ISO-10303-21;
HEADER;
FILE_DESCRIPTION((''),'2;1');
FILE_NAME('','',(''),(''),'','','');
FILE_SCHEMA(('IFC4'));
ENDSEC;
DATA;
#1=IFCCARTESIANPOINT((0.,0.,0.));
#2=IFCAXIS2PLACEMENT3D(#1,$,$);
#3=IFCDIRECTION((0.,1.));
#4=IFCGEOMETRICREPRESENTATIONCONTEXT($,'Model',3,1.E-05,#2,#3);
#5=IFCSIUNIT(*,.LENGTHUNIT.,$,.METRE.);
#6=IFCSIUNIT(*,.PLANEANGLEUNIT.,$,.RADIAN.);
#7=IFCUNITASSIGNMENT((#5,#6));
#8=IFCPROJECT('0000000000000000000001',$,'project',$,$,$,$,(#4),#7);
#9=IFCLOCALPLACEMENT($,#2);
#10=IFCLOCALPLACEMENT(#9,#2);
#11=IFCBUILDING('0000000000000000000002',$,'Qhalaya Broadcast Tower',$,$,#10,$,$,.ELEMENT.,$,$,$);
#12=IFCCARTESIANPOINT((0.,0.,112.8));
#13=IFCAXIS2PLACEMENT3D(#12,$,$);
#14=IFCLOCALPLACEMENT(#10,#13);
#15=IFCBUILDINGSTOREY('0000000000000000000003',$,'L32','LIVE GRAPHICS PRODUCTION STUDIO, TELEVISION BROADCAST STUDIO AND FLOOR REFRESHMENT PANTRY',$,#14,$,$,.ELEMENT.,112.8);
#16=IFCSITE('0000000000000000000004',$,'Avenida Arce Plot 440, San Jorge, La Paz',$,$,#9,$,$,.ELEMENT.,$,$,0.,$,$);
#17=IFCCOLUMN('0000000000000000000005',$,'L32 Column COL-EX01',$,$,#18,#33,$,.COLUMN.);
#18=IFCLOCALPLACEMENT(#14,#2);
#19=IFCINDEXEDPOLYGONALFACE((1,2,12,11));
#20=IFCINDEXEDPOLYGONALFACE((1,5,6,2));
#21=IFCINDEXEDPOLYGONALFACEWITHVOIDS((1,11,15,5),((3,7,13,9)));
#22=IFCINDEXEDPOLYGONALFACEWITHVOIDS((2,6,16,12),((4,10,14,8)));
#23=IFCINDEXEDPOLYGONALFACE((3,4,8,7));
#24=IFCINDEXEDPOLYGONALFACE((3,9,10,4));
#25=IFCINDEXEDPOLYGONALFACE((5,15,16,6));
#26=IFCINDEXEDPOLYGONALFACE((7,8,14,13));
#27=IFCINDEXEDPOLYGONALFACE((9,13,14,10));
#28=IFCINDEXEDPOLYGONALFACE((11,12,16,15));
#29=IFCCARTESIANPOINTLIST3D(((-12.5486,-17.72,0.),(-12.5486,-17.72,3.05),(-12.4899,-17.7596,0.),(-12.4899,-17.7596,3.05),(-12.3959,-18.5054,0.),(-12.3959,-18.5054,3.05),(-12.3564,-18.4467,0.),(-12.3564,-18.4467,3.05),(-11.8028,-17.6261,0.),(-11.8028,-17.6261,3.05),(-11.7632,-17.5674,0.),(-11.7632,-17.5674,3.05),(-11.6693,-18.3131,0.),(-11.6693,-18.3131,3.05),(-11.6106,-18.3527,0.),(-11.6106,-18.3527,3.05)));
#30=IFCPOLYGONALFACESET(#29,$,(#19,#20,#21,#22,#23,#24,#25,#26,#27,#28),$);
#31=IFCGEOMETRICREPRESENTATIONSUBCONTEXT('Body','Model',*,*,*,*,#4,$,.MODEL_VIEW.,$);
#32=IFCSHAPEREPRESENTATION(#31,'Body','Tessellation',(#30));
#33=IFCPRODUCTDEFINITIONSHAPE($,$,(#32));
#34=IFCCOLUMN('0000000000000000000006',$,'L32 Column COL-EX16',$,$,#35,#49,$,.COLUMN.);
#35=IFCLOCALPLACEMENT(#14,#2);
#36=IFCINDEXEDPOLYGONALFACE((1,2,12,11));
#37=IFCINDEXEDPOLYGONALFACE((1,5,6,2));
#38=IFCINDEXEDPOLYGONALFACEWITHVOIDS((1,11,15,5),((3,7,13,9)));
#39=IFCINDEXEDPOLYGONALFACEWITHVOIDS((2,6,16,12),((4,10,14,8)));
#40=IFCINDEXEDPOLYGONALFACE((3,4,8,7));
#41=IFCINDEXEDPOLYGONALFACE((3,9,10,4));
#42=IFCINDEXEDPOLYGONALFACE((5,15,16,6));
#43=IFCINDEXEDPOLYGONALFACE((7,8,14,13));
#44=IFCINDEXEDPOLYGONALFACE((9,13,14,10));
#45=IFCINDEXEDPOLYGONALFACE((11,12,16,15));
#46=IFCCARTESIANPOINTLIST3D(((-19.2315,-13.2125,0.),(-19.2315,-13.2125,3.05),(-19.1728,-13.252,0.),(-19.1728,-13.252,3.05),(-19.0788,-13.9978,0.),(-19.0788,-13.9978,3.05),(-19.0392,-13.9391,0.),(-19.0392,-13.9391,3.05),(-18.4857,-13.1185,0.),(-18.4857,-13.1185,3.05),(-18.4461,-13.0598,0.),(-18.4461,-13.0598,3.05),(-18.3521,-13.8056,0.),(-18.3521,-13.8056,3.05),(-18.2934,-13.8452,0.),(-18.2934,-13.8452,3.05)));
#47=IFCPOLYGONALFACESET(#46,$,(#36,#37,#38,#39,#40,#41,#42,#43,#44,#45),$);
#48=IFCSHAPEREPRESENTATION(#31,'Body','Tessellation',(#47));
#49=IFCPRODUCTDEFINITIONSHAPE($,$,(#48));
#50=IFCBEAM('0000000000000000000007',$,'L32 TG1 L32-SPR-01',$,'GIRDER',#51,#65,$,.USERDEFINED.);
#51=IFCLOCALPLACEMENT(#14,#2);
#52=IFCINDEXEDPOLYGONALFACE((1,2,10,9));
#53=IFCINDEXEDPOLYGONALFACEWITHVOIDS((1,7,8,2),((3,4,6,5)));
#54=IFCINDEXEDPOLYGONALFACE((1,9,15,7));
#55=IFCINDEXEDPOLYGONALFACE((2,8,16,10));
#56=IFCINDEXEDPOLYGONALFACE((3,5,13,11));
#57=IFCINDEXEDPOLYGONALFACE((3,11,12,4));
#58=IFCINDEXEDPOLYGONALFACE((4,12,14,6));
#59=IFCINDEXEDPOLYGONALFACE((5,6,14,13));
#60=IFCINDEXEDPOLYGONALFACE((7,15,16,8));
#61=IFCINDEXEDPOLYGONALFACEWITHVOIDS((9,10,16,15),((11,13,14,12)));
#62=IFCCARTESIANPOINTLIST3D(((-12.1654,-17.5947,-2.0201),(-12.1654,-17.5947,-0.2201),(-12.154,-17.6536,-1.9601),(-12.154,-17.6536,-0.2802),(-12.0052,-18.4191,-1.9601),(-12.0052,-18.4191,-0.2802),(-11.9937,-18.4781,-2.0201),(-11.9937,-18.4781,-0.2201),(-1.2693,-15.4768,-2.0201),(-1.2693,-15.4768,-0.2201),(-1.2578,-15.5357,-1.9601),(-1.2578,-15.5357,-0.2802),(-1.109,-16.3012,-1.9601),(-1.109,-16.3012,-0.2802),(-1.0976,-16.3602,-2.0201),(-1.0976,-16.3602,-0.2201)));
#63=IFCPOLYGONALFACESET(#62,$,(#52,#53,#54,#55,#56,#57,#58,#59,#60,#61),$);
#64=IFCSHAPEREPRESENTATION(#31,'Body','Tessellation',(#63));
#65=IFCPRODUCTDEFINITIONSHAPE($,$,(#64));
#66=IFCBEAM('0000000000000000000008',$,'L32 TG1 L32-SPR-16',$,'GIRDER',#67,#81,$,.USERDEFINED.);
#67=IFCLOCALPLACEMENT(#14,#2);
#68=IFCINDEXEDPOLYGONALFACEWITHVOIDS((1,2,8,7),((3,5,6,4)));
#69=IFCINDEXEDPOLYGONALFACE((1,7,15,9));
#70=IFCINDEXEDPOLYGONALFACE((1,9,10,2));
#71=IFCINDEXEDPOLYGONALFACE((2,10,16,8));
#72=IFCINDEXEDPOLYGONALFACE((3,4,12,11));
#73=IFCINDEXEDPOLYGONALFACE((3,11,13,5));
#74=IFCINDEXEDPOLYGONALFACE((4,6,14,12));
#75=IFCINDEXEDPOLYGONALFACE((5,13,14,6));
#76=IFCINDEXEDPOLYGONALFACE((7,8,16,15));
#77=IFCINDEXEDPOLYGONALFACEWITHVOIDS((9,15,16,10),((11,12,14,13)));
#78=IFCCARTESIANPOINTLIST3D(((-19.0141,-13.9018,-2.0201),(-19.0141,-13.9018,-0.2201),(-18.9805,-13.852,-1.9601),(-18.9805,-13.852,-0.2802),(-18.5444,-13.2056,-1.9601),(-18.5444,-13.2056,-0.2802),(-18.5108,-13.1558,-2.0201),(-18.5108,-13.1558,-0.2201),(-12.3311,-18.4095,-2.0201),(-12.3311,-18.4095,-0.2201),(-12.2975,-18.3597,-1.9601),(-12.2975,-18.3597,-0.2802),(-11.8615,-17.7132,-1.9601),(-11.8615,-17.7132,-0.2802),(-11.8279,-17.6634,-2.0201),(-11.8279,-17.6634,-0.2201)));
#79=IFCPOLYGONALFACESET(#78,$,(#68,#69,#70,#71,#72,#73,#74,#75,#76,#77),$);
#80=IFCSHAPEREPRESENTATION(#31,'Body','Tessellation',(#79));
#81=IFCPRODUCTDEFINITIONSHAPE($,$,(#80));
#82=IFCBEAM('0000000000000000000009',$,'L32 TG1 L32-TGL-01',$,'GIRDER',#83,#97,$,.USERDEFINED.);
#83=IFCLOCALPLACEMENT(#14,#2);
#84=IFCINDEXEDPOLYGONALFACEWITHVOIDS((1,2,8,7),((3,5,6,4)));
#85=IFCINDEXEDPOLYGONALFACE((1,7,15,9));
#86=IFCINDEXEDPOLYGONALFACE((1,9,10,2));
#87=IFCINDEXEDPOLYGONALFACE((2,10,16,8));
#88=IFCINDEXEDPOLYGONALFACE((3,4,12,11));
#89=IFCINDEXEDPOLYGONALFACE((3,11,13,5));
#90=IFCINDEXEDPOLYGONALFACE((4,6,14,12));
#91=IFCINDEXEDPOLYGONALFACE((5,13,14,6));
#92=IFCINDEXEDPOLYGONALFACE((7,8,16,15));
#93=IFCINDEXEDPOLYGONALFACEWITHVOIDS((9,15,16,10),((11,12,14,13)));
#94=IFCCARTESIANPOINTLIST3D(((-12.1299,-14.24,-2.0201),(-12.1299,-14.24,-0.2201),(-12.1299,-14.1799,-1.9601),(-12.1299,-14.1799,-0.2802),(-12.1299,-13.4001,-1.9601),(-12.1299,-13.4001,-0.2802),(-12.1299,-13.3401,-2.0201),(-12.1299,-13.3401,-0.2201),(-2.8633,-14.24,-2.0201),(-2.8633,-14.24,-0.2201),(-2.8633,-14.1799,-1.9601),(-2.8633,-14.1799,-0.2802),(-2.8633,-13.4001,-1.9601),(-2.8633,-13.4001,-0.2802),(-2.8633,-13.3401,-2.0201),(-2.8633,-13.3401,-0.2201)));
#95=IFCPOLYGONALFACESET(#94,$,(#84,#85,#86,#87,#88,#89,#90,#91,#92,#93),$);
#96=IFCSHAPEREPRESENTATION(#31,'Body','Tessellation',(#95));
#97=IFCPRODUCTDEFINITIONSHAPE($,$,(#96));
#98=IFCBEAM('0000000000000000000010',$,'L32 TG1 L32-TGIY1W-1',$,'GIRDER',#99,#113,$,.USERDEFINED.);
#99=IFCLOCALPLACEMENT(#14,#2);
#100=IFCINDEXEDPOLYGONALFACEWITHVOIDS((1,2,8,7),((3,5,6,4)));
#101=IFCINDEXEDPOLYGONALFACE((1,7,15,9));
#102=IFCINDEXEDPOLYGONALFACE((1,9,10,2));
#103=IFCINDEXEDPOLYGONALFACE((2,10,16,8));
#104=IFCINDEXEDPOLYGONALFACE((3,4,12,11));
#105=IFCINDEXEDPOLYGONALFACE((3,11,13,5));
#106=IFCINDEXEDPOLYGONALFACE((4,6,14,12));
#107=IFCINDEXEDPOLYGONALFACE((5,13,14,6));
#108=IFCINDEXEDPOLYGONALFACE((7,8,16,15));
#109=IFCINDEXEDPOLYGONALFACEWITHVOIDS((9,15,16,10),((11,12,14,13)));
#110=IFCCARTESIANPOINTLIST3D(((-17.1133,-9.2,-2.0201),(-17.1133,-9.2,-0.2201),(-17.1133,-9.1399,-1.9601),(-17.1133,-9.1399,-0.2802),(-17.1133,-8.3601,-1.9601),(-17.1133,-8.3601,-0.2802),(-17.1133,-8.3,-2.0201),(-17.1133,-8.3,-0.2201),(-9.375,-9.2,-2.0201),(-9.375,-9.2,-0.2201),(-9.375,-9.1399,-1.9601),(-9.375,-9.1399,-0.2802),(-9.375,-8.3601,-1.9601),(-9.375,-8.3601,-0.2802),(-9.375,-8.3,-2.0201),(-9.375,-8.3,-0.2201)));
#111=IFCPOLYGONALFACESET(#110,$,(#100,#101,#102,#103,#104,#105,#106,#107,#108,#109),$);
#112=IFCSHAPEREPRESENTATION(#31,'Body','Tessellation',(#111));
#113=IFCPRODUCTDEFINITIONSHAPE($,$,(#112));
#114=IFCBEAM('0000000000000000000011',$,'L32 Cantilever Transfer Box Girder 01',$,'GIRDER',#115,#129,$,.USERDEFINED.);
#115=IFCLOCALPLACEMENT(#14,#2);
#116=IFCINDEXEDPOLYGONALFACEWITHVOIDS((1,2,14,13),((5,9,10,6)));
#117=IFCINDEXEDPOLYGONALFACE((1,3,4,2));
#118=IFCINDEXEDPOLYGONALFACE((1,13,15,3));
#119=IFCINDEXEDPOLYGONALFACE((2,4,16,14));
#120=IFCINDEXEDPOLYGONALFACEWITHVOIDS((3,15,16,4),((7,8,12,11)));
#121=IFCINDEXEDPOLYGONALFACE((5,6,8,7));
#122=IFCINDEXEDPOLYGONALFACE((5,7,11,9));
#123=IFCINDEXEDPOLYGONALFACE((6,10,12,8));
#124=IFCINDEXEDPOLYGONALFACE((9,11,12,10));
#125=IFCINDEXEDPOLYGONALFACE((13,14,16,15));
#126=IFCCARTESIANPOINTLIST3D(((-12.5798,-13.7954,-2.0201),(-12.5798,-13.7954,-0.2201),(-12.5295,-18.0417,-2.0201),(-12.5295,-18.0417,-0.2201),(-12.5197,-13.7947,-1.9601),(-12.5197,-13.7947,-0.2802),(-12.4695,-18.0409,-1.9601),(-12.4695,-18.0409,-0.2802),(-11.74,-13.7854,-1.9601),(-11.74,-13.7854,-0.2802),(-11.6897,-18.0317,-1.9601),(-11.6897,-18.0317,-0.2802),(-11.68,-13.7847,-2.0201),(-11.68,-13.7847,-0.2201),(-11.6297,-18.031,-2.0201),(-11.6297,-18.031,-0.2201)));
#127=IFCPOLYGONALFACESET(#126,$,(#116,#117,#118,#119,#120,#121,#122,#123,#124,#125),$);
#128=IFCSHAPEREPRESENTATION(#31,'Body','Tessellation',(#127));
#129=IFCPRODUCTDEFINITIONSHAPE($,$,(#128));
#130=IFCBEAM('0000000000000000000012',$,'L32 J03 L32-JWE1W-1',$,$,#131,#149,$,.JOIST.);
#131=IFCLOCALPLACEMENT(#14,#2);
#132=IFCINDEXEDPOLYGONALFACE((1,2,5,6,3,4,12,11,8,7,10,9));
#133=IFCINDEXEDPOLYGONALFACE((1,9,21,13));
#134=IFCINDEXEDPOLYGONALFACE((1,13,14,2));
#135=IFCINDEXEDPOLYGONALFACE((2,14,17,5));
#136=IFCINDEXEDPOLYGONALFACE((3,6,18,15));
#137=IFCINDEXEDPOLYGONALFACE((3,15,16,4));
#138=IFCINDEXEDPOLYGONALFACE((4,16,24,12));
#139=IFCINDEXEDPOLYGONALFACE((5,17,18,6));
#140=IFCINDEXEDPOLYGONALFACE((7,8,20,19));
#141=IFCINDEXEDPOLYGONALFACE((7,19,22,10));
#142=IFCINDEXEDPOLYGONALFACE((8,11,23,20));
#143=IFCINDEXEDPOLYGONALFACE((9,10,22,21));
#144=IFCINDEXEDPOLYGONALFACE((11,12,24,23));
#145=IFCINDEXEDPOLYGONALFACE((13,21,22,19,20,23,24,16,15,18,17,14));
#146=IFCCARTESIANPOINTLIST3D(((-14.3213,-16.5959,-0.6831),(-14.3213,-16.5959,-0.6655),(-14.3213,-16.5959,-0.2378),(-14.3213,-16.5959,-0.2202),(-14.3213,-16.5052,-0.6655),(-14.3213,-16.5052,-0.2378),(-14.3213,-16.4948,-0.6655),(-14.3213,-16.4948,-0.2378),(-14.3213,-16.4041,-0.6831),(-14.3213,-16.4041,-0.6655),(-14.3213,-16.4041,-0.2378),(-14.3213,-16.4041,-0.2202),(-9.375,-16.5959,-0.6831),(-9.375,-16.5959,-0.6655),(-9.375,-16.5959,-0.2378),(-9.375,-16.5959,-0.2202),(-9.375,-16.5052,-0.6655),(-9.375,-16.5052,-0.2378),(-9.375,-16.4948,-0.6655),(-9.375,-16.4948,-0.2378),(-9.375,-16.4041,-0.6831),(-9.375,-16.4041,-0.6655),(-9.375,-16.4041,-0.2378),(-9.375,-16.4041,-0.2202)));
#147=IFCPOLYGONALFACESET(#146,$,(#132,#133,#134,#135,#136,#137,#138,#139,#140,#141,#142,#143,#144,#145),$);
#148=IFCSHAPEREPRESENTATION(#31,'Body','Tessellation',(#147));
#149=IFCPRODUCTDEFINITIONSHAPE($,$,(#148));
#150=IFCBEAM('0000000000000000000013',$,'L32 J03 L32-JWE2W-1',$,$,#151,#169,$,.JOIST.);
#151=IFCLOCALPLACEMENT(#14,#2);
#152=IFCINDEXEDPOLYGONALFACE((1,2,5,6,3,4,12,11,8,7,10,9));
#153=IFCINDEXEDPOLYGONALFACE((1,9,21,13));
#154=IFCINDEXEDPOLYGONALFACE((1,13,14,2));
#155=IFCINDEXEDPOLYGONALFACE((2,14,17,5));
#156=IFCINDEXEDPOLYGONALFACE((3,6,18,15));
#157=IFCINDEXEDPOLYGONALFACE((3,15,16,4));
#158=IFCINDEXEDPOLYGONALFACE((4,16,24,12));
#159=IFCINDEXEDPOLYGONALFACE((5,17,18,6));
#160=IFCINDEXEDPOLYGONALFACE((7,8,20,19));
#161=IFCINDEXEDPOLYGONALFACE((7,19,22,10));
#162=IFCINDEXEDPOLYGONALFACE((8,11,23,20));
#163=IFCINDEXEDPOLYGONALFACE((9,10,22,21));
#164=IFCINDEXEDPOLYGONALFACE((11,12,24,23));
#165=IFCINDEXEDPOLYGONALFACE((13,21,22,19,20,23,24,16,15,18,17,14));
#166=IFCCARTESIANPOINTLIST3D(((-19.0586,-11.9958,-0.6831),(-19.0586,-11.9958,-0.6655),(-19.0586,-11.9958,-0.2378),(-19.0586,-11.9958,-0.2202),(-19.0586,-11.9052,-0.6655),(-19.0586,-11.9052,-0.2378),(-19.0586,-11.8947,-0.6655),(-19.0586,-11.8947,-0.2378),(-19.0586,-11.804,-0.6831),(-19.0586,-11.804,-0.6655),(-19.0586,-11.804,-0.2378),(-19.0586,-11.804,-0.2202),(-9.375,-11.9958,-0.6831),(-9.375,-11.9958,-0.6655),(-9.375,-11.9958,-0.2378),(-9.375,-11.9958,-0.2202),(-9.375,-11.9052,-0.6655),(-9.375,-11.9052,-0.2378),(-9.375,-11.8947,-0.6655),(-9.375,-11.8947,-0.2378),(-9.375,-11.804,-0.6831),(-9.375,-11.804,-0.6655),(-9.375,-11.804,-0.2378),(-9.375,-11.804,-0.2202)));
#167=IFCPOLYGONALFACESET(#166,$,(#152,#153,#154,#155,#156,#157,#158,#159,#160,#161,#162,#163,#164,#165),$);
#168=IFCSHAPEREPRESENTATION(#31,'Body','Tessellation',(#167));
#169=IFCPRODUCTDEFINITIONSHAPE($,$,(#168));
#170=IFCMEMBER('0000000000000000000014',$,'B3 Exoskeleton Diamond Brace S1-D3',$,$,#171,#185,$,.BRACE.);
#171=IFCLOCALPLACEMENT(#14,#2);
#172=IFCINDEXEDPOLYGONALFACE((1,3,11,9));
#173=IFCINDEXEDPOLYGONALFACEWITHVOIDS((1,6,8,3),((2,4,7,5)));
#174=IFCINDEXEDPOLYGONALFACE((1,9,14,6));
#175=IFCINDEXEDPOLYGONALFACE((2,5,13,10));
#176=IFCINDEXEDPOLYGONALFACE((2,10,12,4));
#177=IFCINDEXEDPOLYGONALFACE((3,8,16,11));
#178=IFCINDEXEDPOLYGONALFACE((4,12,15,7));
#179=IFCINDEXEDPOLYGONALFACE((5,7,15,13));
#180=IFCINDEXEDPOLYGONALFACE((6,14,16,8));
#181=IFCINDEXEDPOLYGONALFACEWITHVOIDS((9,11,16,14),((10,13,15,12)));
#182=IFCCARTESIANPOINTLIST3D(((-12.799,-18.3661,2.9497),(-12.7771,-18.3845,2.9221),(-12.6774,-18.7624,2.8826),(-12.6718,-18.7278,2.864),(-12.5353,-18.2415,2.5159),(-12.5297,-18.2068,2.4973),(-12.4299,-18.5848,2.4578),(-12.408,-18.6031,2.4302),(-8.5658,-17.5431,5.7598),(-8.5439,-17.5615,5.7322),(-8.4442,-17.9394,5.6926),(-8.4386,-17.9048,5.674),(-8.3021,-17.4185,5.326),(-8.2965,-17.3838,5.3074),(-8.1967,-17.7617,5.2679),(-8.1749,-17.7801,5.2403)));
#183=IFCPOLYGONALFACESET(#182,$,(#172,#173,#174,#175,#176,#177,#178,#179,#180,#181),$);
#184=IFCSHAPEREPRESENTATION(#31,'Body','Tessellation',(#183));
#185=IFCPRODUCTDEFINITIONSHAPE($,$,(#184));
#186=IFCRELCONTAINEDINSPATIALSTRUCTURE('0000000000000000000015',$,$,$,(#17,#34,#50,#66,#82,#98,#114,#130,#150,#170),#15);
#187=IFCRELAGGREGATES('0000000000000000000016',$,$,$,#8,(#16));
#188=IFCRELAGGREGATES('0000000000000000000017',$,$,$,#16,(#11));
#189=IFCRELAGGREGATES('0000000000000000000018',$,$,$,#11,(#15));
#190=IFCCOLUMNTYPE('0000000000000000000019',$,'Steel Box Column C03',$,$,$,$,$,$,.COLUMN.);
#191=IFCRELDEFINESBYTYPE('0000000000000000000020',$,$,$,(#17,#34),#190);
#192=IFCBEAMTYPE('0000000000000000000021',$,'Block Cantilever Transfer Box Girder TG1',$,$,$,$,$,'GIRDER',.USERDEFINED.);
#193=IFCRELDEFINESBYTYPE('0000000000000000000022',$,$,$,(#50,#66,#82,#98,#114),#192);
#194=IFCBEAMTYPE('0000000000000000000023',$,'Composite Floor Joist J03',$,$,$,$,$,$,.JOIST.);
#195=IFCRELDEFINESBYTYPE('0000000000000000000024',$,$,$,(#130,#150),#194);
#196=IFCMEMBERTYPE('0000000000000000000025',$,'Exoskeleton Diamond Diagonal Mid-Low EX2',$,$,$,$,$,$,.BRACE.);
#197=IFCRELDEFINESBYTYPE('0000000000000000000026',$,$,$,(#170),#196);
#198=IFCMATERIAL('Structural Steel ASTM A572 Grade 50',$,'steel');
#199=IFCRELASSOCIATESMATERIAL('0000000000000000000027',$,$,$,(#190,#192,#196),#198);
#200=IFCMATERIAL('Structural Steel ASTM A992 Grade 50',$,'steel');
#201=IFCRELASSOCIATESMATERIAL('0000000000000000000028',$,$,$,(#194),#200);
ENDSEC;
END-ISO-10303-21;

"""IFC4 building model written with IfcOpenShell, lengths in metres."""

from ifc_helpers import new_model, si_unit, direction, frame, origin, origin_2d, place, context, subcontext, project, spatial, hollow_rectangle, i_section, extrude, material, material_profile, profile_set, type_object, element, save


model = new_model("IFC4")

# Units and contexts
model_context = context("Model", 3, precision=1e-05, world=origin(), true_north=direction((0.0, 1.0)))
body_context = subcontext(model_context, "Body", "Model", "MODEL_VIEW")
ifc_project = project(units=[si_unit("LENGTHUNIT", "METRE"), si_unit("PLANEANGLEUNIT", "RADIAN")], contexts=[model_context])

# Site, building, storey
site_placement = place(None, origin())
site = spatial("IfcSite", under=ifc_project, at=site_placement, Name="Avenida Arce Plot 440, San Jorge, La Paz", CompositionType="ELEMENT", RefElevation=0.0)
building_placement = place(site_placement, origin())
building = spatial("IfcBuilding", under=site, at=building_placement, Name="Qhalaya Broadcast Tower", CompositionType="ELEMENT")
storey_placement = place(building_placement, frame((0.0, 0.0, 112.8)))
storey = spatial("IfcBuildingStorey", under=building, at=storey_placement, Name="L32", Description="LIVE GRAPHICS PRODUCTION STUDIO, TELEVISION BROADCAST STUDIO AND FLOOR REFRESHMENT PANTRY", CompositionType="ELEMENT", Elevation=112.8)

# Columns
ifc_material_1 = material(Name="Structural Steel ASTM A572 Grade 50", Category="steel")
ifc_material_profile_1 = material_profile(ifc_material_1, hollow_rectangle(XDim=0.8, YDim=0.8, WallThickness=0.05, at=origin_2d()), Name="BOX 800x800x50")
ifc_profile_set_1 = profile_set([ifc_material_profile_1], Name="Structural Steel ASTM A572 Grade 50")
column_type = type_object("IfcColumnType", Name="Steel Box Column C03", PredefinedType="COLUMN", material=ifc_profile_set_1)
for number, where, z_axis, x_axis, name in (
    (1, (-12.0796, -18.0364, 0.0), (0.0, 0.0, 1.0), (0.981627, 0.190809, 0.0), "L32 Column COL-EX01"),
    (2, (-18.7625, -13.5288, 0.0), (0.0, 0.0, 1.0), (-0.190809, 0.981627, 0.0), "L32 Column COL-EX16"),
):
    element("IfcColumn", number, at=place(storey_placement, frame(where, z_axis=z_axis, x_axis=x_axis)), inside=storey, type_object=column_type, Name=name, PredefinedType="COLUMN", context=body_context, shape_type="SweptSolid", body=[
        extrude(hollow_rectangle(XDim=0.8, YDim=0.8, WallThickness=0.05, at=origin_2d()), origin(), (0.0, 0.0, 1.0), 3.05),
    ])

# Beams
ifc_material_profile_2 = material_profile(ifc_material_1, hollow_rectangle(XDim=0.8999, YDim=1.8, WallThickness=0.0601, at=origin_2d()), Name="BOX 900x1800x60")
ifc_profile_set_2 = profile_set([ifc_material_profile_2], Name="Structural Steel ASTM A572 Grade 50")
beam_type_1 = type_object("IfcBeamType", Name="Block Cantilever Transfer Box Girder TG1", ElementType="GIRDER", PredefinedType="USERDEFINED", material=ifc_profile_set_2)
beam_1_placement = place(storey_placement, frame((-12.0796, -18.0364, -1.1201), z_axis=(0.981629, 0.190801, 0.0), x_axis=(-0.190801, 0.981629, 0.0)))
element("IfcBeam", 3, at=beam_1_placement, inside=storey, type_object=beam_type_1, Name="L32 TG1 L32-SPR-01", ObjectType="GIRDER", PredefinedType="USERDEFINED", context=body_context, shape_type="SweptSolid", body=[
    extrude(hollow_rectangle(XDim=0.8999, YDim=1.8, WallThickness=0.0601, at=origin_2d()), origin(), (0.0, 0.0, 1.0), 11.1001),
])
beam_2_placement = place(storey_placement, frame((-18.7625, -13.5288, -1.1201), z_axis=(0.829042, -0.559186, 0.0), x_axis=(0.559186, 0.829042, 0.0)))
element("IfcBeam", 4, at=beam_2_placement, inside=storey, type_object=beam_type_1, Name="L32 TG1 L32-SPR-16", ObjectType="GIRDER", PredefinedType="USERDEFINED", context=body_context, shape_type="SweptSolid", body=[
    extrude(hollow_rectangle(XDim=0.8999, YDim=1.8, WallThickness=0.0601, at=origin_2d()), origin(), (0.0, 0.0, 1.0), 8.061),
])
beam_3_placement = place(storey_placement, frame((-12.1299, -13.79, -1.1201), z_axis=(1.0, 0.0, 0.0), x_axis=(0.0, 1.0, 0.0)))
element("IfcBeam", 5, at=beam_3_placement, inside=storey, type_object=beam_type_1, Name="L32 TG1 L32-TGL-01", ObjectType="GIRDER", PredefinedType="USERDEFINED", context=body_context, shape_type="SweptSolid", body=[
    extrude(hollow_rectangle(XDim=0.8999, YDim=1.8, WallThickness=0.0601, at=origin_2d()), origin(), (0.0, 0.0, 1.0), 9.2666),
])
beam_4_placement = place(storey_placement, frame((-17.1133, -8.75, -1.1201), z_axis=(1.0, 0.0, 0.0), x_axis=(0.0, 1.0, 0.0)))
element("IfcBeam", 6, at=beam_4_placement, inside=storey, type_object=beam_type_1, Name="L32 TG1 L32-TGIY1W-1", ObjectType="GIRDER", PredefinedType="USERDEFINED", context=body_context, shape_type="SweptSolid", body=[
    extrude(hollow_rectangle(XDim=0.8999, YDim=1.8, WallThickness=0.0601, at=origin_2d()), origin(), (0.0, 0.0, 1.0), 7.7383),
])
beam_5_placement = place(storey_placement, frame((-12.1299, -13.79, -1.1201), z_axis=(0.011843, -0.99993, 0.0), x_axis=(0.99993, 0.011843, 0.0)))
element("IfcBeam", 7, at=beam_5_placement, inside=storey, type_object=beam_type_1, Name="L32 Cantilever Transfer Box Girder 01", ObjectType="GIRDER", PredefinedType="USERDEFINED", context=body_context, shape_type="SweptSolid", body=[
    extrude(hollow_rectangle(XDim=0.8999, YDim=1.8, WallThickness=0.0601, at=origin_2d()), origin(), (0.0, 0.0, 1.0), 4.2466),
])
ifc_material_2 = material(Name="Structural Steel ASTM A992 Grade 50", Category="steel")
ifc_material_profile_3 = material_profile(ifc_material_2, i_section(OverallWidth=0.1919, OverallDepth=0.4629, WebThickness=0.0105, FlangeThickness=0.0176, at=origin_2d()), Name="W18X60")
ifc_profile_set_3 = profile_set([ifc_material_profile_3], Name="Structural Steel ASTM A992 Grade 50")
beam_type_2 = type_object("IfcBeamType", Name="Composite Floor Joist J03", PredefinedType="JOIST", material=ifc_profile_set_3)
beam_6_placement = place(storey_placement, frame((-14.3213, -16.5, -0.4517), z_axis=(1.0, 0.0, 0.0), x_axis=(0.0, 1.0, 0.0)))
element("IfcBeam", 8, at=beam_6_placement, inside=storey, type_object=beam_type_2, Name="L32 J03 L32-JWE1W-1", PredefinedType="JOIST", context=body_context, shape_type="SweptSolid", body=[
    extrude(i_section(OverallWidth=0.1919, OverallDepth=0.4629, WebThickness=0.0105, FlangeThickness=0.0176, at=origin_2d()), origin(), (0.0, 0.0, 1.0), 4.9463),
])
beam_7_placement = place(storey_placement, frame((-19.0586, -11.8999, -0.4517), z_axis=(1.0, 0.0, 0.0), x_axis=(0.0, 1.0, 0.0)))
element("IfcBeam", 9, at=beam_7_placement, inside=storey, type_object=beam_type_2, Name="L32 J03 L32-JWE2W-1", PredefinedType="JOIST", context=body_context, shape_type="SweptSolid", body=[
    extrude(i_section(OverallWidth=0.1919, OverallDepth=0.4629, WebThickness=0.0105, FlangeThickness=0.0176, at=origin_2d()), origin(), (0.0, 0.0, 1.0), 9.6836),
])

# Member
ifc_material_profile_4 = material_profile(ifc_material_1, hollow_rectangle(XDim=0.4199, YDim=0.55, WallThickness=0.0281, at=origin_2d()), Name="BOX 420x550x28")
ifc_profile_set_4 = profile_set([ifc_material_profile_4], Name="Structural Steel ASTM A572 Grade 50")
member_type = type_object("IfcMemberType", Name="Exoskeleton Diamond Diagonal Mid-Low EX2", PredefinedType="BRACE", material=ifc_profile_set_4)
member_1_placement = place(storey_placement, frame((-12.6035, -18.4846, 2.6899), z_axis=(0.822424, 0.159893, 0.545943), x_axis=(-0.289594, 0.943705, 0.159864)))
element("IfcMember", 10, at=member_1_placement, inside=storey, type_object=member_type, Name="B3 Exoskeleton Diamond Brace S1-D3", PredefinedType="BRACE", context=body_context, shape_type="SweptSolid", body=[
    extrude(hollow_rectangle(XDim=0.4199, YDim=0.55, WallThickness=0.0281, at=origin_2d()), origin(), (0.0, 0.0, 1.0), 5.1472),
])

save(model, "model.ifc")
